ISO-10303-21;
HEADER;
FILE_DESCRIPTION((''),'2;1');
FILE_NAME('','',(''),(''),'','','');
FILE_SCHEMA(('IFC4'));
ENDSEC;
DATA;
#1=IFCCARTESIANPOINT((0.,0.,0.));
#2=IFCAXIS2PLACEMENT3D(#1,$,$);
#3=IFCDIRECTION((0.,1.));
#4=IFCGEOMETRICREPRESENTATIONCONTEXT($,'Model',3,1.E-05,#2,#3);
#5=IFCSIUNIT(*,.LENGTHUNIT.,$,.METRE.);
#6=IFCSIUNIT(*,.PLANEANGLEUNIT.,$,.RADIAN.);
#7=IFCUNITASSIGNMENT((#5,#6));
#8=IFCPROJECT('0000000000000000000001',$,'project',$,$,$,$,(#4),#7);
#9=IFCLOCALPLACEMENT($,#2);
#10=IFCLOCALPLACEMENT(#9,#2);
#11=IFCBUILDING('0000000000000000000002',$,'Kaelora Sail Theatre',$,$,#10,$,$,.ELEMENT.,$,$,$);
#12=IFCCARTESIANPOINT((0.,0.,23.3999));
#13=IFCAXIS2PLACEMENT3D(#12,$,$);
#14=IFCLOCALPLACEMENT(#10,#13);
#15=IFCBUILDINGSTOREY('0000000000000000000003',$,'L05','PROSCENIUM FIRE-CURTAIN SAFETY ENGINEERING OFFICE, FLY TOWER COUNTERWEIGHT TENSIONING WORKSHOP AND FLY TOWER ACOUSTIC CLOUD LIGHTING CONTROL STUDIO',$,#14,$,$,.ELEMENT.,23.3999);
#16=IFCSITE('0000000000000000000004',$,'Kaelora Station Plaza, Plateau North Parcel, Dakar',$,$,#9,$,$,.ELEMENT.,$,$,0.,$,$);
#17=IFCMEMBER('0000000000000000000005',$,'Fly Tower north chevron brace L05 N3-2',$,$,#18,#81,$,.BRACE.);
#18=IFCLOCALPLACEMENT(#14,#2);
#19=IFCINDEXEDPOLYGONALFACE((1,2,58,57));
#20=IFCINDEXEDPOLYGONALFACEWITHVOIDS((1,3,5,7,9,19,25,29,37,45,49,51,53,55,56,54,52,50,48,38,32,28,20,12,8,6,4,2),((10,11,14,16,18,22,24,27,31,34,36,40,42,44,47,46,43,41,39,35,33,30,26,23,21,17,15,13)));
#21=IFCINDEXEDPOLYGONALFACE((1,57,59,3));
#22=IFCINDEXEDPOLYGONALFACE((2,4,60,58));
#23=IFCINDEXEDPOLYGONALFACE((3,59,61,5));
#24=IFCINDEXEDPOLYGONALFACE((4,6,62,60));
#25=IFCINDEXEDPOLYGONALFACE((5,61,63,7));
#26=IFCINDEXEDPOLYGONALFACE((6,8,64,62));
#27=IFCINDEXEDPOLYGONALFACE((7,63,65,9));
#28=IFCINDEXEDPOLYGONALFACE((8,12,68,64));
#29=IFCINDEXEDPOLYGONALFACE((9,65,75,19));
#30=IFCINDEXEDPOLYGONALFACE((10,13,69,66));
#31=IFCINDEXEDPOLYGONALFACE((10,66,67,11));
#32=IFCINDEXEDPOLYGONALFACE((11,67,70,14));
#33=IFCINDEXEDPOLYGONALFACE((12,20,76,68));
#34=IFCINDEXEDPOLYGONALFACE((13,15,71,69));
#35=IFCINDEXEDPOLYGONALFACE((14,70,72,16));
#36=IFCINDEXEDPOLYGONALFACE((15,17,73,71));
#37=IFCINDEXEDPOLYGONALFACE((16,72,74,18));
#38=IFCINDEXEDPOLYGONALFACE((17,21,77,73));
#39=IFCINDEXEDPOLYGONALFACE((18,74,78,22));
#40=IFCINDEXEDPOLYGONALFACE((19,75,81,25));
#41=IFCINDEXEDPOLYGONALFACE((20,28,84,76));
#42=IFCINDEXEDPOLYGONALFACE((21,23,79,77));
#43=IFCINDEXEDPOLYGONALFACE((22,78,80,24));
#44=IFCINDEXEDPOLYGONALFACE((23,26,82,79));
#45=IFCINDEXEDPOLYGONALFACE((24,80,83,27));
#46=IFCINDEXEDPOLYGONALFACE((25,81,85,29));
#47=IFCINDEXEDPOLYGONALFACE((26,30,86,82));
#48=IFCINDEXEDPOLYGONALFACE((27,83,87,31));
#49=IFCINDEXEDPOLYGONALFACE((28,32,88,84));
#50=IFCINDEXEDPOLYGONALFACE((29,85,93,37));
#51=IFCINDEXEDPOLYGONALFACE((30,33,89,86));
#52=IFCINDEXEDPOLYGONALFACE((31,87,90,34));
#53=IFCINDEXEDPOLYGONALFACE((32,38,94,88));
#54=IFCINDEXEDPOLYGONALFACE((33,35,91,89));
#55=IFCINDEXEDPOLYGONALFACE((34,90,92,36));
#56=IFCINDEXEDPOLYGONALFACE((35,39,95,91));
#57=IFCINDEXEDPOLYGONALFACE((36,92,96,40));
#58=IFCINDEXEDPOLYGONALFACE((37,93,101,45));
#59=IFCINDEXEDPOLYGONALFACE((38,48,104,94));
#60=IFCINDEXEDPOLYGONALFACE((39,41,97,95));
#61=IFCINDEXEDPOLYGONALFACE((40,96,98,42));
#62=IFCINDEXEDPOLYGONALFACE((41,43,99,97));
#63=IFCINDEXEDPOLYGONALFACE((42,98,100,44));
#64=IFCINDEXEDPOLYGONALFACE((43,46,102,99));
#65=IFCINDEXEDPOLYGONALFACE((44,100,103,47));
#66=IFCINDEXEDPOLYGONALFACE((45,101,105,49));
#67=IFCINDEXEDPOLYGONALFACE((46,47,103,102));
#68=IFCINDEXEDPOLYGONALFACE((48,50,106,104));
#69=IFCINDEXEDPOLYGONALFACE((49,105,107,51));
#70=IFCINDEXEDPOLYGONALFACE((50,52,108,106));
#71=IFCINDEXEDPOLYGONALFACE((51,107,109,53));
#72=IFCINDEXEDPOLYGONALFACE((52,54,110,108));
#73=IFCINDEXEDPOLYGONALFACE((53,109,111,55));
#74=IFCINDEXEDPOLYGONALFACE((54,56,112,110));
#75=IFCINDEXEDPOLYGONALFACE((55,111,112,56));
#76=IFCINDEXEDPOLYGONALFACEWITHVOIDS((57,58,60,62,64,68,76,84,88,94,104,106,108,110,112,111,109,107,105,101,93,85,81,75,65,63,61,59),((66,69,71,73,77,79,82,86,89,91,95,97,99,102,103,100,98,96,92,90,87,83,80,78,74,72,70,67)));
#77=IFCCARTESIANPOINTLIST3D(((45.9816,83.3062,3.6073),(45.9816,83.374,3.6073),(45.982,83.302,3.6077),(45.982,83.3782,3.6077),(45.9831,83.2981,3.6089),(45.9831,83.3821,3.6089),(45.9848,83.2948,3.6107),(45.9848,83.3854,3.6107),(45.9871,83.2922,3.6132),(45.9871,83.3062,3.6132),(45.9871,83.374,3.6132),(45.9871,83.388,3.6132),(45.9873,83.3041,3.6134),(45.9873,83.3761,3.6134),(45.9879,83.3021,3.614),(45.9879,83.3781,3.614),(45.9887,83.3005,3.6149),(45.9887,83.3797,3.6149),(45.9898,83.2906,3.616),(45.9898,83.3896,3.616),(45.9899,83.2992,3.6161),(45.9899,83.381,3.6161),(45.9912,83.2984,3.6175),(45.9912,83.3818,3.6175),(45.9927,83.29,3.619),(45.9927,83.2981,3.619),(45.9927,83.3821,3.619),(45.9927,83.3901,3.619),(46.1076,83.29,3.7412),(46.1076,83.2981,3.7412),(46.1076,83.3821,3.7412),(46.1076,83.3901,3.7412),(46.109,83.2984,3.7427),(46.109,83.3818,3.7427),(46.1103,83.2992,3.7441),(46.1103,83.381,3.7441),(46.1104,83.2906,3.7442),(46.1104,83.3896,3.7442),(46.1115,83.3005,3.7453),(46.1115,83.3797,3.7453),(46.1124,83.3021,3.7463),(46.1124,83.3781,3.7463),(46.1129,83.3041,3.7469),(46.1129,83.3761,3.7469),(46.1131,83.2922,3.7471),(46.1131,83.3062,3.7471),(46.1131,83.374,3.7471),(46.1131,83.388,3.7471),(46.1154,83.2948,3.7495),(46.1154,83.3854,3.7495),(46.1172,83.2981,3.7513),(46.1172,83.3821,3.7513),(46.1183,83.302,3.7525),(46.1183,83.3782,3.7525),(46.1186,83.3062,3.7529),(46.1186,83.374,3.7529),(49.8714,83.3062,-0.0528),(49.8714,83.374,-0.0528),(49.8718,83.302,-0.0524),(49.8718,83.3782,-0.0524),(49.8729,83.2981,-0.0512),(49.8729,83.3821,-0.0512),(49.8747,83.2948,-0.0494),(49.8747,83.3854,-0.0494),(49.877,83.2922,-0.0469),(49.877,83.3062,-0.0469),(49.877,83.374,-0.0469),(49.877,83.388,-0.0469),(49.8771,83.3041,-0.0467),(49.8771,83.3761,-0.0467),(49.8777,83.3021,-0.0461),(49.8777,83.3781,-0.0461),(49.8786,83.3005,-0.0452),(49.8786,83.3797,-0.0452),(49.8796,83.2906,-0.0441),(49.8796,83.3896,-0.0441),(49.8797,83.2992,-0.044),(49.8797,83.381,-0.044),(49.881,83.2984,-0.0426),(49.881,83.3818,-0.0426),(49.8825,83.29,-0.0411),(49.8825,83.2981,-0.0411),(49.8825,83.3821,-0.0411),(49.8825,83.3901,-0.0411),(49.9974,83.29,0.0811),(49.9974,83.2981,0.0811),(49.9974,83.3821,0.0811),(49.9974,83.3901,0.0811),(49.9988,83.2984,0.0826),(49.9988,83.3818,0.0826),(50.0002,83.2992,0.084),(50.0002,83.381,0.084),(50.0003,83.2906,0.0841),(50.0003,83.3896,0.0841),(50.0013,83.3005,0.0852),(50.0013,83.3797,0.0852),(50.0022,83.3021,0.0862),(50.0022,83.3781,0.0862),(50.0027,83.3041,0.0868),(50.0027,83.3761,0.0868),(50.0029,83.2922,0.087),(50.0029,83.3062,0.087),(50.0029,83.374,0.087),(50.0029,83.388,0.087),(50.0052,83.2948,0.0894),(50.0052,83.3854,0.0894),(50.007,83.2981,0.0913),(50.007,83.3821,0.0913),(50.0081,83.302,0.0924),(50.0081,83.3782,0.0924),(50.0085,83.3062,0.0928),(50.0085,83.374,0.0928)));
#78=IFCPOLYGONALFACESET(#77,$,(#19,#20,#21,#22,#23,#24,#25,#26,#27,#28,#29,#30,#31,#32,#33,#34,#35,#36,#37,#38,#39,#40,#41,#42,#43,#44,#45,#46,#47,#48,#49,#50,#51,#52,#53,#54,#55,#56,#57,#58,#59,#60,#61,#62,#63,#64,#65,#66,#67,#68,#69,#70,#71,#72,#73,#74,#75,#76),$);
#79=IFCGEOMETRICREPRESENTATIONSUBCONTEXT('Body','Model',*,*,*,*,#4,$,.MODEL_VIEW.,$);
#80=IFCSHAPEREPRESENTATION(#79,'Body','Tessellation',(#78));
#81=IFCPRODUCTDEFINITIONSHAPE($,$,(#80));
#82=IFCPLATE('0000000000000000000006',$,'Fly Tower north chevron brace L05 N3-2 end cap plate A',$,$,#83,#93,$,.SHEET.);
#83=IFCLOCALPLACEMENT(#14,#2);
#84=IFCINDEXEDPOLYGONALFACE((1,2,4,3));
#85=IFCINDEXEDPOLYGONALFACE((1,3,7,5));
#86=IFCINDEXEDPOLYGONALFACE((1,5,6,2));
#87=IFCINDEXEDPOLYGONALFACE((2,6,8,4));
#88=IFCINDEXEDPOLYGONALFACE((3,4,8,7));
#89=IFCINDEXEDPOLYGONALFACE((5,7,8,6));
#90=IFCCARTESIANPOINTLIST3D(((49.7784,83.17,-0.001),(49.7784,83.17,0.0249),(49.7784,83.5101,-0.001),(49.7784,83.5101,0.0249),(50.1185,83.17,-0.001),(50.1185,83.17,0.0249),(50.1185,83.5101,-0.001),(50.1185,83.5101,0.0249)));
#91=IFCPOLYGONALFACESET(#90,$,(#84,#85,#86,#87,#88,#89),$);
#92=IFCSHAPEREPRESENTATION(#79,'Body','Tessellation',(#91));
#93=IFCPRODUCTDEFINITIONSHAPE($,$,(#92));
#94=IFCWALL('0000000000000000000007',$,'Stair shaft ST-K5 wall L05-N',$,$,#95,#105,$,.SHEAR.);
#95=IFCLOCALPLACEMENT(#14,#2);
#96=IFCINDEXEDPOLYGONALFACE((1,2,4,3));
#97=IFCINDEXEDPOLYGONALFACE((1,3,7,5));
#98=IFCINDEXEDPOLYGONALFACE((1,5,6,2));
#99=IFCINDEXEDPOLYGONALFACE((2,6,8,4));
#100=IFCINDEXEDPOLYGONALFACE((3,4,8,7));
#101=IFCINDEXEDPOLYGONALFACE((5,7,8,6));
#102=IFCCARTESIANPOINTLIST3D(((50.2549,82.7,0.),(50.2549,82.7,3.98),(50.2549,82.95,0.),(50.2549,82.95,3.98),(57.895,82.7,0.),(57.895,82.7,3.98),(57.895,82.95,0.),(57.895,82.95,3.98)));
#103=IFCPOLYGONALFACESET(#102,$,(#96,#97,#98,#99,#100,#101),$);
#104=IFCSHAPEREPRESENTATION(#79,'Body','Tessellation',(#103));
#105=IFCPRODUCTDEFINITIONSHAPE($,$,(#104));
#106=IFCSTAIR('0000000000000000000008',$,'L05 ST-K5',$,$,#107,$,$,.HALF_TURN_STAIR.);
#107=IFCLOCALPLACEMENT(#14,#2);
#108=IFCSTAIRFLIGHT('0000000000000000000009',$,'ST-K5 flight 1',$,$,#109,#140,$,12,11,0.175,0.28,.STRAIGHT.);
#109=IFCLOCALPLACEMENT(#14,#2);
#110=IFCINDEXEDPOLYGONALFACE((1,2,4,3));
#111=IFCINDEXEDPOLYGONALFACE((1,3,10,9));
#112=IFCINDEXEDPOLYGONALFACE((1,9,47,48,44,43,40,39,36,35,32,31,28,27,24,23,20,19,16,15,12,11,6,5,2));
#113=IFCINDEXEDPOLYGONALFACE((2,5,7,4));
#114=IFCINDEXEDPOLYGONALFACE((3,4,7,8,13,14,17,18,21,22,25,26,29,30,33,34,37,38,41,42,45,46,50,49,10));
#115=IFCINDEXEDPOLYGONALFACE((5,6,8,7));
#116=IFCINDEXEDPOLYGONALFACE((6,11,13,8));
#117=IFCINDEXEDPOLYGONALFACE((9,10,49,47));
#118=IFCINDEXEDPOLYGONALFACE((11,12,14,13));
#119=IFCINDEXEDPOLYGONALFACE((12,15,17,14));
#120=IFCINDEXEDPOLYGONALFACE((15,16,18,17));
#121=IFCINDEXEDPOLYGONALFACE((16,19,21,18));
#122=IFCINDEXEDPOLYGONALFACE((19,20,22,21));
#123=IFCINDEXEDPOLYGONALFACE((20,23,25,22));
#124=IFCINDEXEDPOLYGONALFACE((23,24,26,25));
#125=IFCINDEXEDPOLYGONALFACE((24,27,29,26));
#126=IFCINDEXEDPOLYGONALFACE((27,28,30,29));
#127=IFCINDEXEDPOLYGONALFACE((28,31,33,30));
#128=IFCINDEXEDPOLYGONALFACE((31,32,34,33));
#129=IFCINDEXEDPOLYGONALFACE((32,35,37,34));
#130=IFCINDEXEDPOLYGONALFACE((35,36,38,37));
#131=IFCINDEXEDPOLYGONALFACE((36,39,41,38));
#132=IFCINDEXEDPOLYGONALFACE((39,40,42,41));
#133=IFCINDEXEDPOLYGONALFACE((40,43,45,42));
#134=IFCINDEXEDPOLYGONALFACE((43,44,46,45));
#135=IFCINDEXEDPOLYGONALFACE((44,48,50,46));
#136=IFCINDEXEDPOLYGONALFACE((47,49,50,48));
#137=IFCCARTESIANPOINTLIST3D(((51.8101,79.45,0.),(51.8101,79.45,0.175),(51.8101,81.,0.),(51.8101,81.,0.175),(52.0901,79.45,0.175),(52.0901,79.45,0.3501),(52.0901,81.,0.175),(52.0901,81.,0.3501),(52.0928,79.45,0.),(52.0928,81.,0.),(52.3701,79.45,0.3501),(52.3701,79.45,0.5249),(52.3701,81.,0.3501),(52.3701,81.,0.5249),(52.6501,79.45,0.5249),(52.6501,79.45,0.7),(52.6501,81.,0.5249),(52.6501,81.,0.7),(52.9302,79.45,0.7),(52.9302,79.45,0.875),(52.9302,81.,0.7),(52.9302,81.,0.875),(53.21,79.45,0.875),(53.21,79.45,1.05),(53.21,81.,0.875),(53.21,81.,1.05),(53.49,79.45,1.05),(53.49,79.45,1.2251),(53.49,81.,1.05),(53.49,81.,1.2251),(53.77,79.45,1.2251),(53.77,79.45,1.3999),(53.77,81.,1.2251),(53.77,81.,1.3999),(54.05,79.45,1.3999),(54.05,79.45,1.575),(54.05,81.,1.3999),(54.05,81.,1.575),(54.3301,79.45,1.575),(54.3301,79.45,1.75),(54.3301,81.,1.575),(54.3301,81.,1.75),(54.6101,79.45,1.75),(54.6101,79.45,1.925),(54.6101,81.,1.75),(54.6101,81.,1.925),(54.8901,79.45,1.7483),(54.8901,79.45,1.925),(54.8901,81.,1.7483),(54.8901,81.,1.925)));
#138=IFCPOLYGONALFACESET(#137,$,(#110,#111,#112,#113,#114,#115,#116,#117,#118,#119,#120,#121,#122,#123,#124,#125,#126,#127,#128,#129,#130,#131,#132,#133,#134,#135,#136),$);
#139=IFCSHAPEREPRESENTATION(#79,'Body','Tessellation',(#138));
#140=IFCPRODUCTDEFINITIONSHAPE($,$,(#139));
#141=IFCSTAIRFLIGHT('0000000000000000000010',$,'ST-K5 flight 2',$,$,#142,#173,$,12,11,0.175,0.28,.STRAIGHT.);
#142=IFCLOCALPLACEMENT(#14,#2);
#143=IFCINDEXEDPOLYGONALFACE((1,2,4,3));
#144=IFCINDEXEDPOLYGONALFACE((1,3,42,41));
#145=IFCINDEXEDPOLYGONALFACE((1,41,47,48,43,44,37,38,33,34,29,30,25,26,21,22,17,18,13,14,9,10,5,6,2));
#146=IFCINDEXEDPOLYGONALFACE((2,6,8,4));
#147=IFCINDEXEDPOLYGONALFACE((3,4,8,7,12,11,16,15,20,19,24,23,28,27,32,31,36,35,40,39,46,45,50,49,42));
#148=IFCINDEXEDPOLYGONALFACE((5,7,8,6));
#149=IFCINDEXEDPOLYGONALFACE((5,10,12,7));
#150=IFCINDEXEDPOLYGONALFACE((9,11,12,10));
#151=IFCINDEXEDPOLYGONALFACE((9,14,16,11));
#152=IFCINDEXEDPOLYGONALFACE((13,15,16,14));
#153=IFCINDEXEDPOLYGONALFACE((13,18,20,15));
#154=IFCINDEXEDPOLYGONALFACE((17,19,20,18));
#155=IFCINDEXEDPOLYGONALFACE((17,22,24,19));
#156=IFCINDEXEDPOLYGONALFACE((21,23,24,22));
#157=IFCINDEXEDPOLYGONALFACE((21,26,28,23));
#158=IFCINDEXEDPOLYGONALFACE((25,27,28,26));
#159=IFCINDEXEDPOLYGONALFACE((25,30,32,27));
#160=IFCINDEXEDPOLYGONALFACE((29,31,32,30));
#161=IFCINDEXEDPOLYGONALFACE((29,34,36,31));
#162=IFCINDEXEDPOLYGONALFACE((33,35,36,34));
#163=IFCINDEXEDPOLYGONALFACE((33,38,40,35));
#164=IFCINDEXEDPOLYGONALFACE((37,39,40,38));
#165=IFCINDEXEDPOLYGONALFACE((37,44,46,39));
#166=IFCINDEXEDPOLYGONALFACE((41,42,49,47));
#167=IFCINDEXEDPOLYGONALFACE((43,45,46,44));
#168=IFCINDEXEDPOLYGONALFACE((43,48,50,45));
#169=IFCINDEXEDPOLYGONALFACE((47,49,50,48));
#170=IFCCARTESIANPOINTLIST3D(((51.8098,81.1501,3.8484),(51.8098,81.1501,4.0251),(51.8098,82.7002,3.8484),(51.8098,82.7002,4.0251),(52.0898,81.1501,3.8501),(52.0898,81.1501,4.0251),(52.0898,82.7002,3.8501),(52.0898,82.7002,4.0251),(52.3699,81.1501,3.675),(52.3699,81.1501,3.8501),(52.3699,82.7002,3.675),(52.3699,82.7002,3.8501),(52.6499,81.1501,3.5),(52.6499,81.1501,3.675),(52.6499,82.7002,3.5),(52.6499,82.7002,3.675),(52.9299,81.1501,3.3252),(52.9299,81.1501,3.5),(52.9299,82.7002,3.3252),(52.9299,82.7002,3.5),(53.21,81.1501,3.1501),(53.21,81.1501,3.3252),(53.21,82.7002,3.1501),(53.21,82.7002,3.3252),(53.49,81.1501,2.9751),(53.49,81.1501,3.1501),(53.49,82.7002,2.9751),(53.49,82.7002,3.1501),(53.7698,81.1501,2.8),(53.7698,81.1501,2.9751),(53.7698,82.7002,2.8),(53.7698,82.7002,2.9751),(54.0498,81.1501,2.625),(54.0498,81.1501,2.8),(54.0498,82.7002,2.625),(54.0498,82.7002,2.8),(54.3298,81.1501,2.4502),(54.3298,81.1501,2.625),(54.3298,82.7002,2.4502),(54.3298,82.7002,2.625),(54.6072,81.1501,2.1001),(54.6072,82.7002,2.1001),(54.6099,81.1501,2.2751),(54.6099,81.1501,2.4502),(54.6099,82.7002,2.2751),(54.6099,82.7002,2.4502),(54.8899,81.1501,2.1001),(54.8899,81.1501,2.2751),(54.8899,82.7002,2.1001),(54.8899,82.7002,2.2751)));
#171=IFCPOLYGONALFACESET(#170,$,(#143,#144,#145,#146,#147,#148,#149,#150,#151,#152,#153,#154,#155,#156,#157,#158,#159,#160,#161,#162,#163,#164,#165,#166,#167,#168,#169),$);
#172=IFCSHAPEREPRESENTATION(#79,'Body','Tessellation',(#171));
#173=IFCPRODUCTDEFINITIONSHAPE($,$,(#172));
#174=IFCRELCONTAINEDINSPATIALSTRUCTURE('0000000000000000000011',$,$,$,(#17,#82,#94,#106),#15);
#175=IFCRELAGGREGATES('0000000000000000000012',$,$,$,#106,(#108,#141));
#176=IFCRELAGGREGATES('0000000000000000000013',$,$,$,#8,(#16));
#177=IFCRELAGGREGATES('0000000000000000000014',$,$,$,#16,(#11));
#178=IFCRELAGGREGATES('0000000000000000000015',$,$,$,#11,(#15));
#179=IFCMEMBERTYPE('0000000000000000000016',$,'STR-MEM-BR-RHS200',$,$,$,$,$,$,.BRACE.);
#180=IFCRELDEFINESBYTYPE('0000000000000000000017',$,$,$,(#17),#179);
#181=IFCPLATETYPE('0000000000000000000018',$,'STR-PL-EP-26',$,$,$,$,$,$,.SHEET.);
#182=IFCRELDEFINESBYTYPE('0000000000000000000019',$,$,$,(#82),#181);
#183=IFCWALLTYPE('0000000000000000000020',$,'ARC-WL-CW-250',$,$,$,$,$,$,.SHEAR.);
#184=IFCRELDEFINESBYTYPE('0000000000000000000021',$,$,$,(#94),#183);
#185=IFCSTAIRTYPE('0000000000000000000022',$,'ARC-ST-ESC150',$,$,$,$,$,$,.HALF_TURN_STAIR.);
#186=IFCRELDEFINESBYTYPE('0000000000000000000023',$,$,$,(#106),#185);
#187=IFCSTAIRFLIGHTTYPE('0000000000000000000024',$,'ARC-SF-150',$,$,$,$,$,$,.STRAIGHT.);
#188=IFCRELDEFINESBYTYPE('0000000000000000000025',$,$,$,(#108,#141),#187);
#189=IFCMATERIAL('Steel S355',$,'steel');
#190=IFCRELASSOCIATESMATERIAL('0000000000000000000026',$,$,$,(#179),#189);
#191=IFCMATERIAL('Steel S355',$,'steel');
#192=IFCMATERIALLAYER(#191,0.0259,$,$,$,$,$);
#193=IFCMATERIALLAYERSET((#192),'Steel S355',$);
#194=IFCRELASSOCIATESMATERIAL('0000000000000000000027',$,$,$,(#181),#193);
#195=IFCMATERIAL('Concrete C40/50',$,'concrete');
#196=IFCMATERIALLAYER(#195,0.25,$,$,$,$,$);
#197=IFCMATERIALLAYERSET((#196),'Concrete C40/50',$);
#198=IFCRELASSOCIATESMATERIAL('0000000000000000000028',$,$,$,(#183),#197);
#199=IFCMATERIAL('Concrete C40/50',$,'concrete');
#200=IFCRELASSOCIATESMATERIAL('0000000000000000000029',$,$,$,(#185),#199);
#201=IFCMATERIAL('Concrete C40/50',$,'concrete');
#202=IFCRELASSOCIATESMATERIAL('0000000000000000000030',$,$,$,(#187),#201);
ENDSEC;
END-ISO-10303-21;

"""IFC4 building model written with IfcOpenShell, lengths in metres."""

from ifc_helpers import new_model, si_unit, direction, frame, frame_2d, origin, origin_2d, place, context, subcontext, project, spatial, polyline, rectangle, hollow_rectangle, outline, extrude, material, layer, layer_set, material_profile, profile_set, type_object, element, aggregate, save


model = new_model("IFC4")

# Units and contexts
model_context = context("Model", 3, precision=1e-05, world=origin(), true_north=direction((0.0, 1.0)))
body_context = subcontext(model_context, "Body", "Model", "MODEL_VIEW")
ifc_project = project(units=[si_unit("LENGTHUNIT", "METRE"), si_unit("PLANEANGLEUNIT", "RADIAN")], contexts=[model_context])

# Site, building, storey
site_placement = place(None, origin())
site = spatial("IfcSite", under=ifc_project, at=site_placement, Name="Kaelora Station Plaza, Plateau North Parcel, Dakar", CompositionType="ELEMENT", RefElevation=0.0)
building_placement = place(site_placement, origin())
building = spatial("IfcBuilding", under=site, at=building_placement, Name="Kaelora Sail Theatre", CompositionType="ELEMENT")
storey_placement = place(building_placement, frame((0.0, 0.0, 23.3999)))
storey = spatial("IfcBuildingStorey", under=building, at=storey_placement, Name="L05", Description="PROSCENIUM FIRE-CURTAIN SAFETY ENGINEERING OFFICE, FLY TOWER COUNTERWEIGHT TENSIONING WORKSHOP AND FLY TOWER ACOUSTIC CLOUD LIGHTING CONTROL STUDIO", CompositionType="ELEMENT", Elevation=23.3999)

# Member
ifc_material_1 = material(Name="Steel S355", Category="steel")
ifc_material_profile_1 = material_profile(ifc_material_1, hollow_rectangle(XDim=0.1001, YDim=0.2, WallThickness=0.0081, InnerFilletRadius=0.0081, OuterFilletRadius=0.0161, at=origin_2d()), Name="RHS 200x100x8.0")
ifc_profile_set_1 = profile_set([ifc_material_profile_1], Name="Steel S355")
member_type = type_object("IfcMemberType", Name="STR-MEM-BR-RHS200", PredefinedType="BRACE", material=ifc_profile_set_1)
member_placement = place(storey_placement, frame((49.9399, 83.3401, 0.02), z_axis=(-0.728286, 0.0, 0.685273), x_axis=(0.0, -1.0, 0.0)))
element("IfcMember", 1, at=member_placement, inside=storey, type_object=member_type, Name="Fly Tower north chevron brace L05 N3-2", PredefinedType="BRACE", context=body_context, shape_type="SweptSolid", body=[
    extrude(hollow_rectangle(XDim=0.1001, YDim=0.2, WallThickness=0.0081, InnerFilletRadius=0.0081, OuterFilletRadius=0.0161, at=origin_2d()), origin(), (0.0, 0.0, 1.0), 5.3411),
])

# Plate
ifc_material_2 = material(Name="Steel S355", Category="steel")
ifc_layer_1 = layer(ifc_material_2, 0.0259)
ifc_layer_set_1 = layer_set([ifc_layer_1], Name="Steel S355")
plate_type = type_object("IfcPlateType", Name="STR-PL-EP-26", PredefinedType="SHEET", material=ifc_layer_set_1)
plate_placement = place(storey_placement, frame((49.9485, 83.3401, -0.001), z_axis=(0.0, 0.0, 1.0), x_axis=(1.0, 0.0, 0.0)))
element("IfcPlate", 2, at=plate_placement, inside=storey, type_object=plate_type, Name="Fly Tower north chevron brace L05 N3-2 end cap plate A", PredefinedType="SHEET", context=body_context, shape_type="SweptSolid", body=[
    extrude(rectangle(XDim=0.3401, YDim=0.3401, at=origin_2d()), origin(), (0.0, 0.0, 1.0), 0.0259),
])

# Wall
ifc_material_3 = material(Name="Concrete C40/50", Category="concrete")
ifc_layer_2 = layer(ifc_material_3, 0.25)
ifc_layer_set_2 = layer_set([ifc_layer_2], Name="Concrete C40/50")
wall_type = type_object("IfcWallType", Name="ARC-WL-CW-250", PredefinedType="SHEAR", material=ifc_layer_set_2)
wall_placement = place(storey_placement, frame((50.2549, 82.825, 0.0), z_axis=(0.0, 0.0, 1.0), x_axis=(1.0, 0.0, 0.0)))
element("IfcWall", 3, at=wall_placement, inside=storey, type_object=wall_type, Name="Stair shaft ST-K5 wall L05-N", PredefinedType="SHEAR", context=body_context, shape_type="SweptSolid", body=[
    extrude(rectangle(XDim=7.6401, YDim=0.25, at=frame_2d((3.8201, 0.0))), origin(), (0.0, 0.0, 1.0), 3.98),
])

# Stair, stair flights
ifc_material_4 = material(Name="Concrete C40/50", Category="concrete")
stair_type = type_object("IfcStairType", Name="ARC-ST-ESC150", PredefinedType="HALF_TURN_STAIR", material=ifc_material_4)
stair_placement = place(storey_placement, origin())
stair = element("IfcStair", 4, at=stair_placement, inside=storey, type_object=stair_type, Name="L05 ST-K5", PredefinedType="HALF_TURN_STAIR")
ifc_material_5 = material(Name="Concrete C40/50", Category="concrete")
stair_flight_type = type_object("IfcStairFlightType", Name="ARC-SF-150", PredefinedType="STRAIGHT", material=ifc_material_5)
stair_flight_1_placement = place(storey_placement, frame((51.8101, 80.2251, 0.0), z_axis=(0.0, 0.0, 1.0), x_axis=(1.0, 0.0, 0.0)))
stair_flight_1 = element("IfcStairFlight", 5, at=stair_flight_1_placement, type_object=stair_flight_type, Name="ST-K5 flight 1", NumberOfRisers=12, NumberOfTreads=11, PredefinedType="STRAIGHT", RiserHeight=0.175, TreadLength=0.28, context=body_context, shape_type="SweptSolid", body=[
    extrude(outline(polyline([(0.0, 0.0), (0.0, 0.175), (0.28, 0.175), (0.28, 0.3501), (0.5601, 0.3501), (0.5601, 0.5249), (0.8401, 0.5249), (0.8401, 0.7), (1.1201, 0.7), (1.1201, 0.875), (1.3999, 0.875), (1.3999, 1.05), (1.6799, 1.05), (1.6799, 1.2251), (1.96, 1.2251), (1.96, 1.3999), (2.24, 1.3999), (2.24, 1.575), (2.52, 1.575), (2.52, 1.75), (2.8, 1.75), (2.8, 1.925), (3.0801, 1.925), (3.0801, 2.1001), (3.0801, 1.7483), (0.2827, 0.0), (0.0, 0.0)])), frame((0.0, 0.7749, 0.0), z_axis=(0.0, -1.0, 0.0), x_axis=(1.0, 0.0, 0.0)), (0.0, 0.0, 1.0), 1.55),
])
stair_flight_2_placement = place(storey_placement, frame((54.8899, 81.925, 2.1001), z_axis=(0.0, 0.0, 1.0), x_axis=(-1.0, 0.0, 0.0)))
stair_flight_2 = element("IfcStairFlight", 6, at=stair_flight_2_placement, type_object=stair_flight_type, Name="ST-K5 flight 2", NumberOfRisers=12, NumberOfTreads=11, PredefinedType="STRAIGHT", RiserHeight=0.175, TreadLength=0.28, context=body_context, shape_type="SweptSolid", body=[
    extrude(outline(polyline([(0.0, 0.0), (0.0, 0.175), (0.28, 0.175), (0.28, 0.3501), (0.5601, 0.3501), (0.5601, 0.5249), (0.8401, 0.5249), (0.8401, 0.7), (1.1201, 0.7), (1.1201, 0.875), (1.3999, 0.875), (1.3999, 1.05), (1.6799, 1.05), (1.6799, 1.2251), (1.96, 1.2251), (1.96, 1.3999), (2.24, 1.3999), (2.24, 1.575), (2.52, 1.575), (2.52, 1.75), (2.8, 1.75), (2.8, 1.925), (3.0801, 1.925), (3.0801, 2.1001), (3.0801, 1.7483), (0.2827, 0.0), (0.0, 0.0)])), frame((0.0, 0.7749, 0.0), z_axis=(0.0, -1.0, 0.0), x_axis=(1.0, 0.0, 0.0)), (0.0, 0.0, 1.0), 1.55),
])
aggregate(stair, [stair_flight_1, stair_flight_2])

save(model, "model.ifc")
